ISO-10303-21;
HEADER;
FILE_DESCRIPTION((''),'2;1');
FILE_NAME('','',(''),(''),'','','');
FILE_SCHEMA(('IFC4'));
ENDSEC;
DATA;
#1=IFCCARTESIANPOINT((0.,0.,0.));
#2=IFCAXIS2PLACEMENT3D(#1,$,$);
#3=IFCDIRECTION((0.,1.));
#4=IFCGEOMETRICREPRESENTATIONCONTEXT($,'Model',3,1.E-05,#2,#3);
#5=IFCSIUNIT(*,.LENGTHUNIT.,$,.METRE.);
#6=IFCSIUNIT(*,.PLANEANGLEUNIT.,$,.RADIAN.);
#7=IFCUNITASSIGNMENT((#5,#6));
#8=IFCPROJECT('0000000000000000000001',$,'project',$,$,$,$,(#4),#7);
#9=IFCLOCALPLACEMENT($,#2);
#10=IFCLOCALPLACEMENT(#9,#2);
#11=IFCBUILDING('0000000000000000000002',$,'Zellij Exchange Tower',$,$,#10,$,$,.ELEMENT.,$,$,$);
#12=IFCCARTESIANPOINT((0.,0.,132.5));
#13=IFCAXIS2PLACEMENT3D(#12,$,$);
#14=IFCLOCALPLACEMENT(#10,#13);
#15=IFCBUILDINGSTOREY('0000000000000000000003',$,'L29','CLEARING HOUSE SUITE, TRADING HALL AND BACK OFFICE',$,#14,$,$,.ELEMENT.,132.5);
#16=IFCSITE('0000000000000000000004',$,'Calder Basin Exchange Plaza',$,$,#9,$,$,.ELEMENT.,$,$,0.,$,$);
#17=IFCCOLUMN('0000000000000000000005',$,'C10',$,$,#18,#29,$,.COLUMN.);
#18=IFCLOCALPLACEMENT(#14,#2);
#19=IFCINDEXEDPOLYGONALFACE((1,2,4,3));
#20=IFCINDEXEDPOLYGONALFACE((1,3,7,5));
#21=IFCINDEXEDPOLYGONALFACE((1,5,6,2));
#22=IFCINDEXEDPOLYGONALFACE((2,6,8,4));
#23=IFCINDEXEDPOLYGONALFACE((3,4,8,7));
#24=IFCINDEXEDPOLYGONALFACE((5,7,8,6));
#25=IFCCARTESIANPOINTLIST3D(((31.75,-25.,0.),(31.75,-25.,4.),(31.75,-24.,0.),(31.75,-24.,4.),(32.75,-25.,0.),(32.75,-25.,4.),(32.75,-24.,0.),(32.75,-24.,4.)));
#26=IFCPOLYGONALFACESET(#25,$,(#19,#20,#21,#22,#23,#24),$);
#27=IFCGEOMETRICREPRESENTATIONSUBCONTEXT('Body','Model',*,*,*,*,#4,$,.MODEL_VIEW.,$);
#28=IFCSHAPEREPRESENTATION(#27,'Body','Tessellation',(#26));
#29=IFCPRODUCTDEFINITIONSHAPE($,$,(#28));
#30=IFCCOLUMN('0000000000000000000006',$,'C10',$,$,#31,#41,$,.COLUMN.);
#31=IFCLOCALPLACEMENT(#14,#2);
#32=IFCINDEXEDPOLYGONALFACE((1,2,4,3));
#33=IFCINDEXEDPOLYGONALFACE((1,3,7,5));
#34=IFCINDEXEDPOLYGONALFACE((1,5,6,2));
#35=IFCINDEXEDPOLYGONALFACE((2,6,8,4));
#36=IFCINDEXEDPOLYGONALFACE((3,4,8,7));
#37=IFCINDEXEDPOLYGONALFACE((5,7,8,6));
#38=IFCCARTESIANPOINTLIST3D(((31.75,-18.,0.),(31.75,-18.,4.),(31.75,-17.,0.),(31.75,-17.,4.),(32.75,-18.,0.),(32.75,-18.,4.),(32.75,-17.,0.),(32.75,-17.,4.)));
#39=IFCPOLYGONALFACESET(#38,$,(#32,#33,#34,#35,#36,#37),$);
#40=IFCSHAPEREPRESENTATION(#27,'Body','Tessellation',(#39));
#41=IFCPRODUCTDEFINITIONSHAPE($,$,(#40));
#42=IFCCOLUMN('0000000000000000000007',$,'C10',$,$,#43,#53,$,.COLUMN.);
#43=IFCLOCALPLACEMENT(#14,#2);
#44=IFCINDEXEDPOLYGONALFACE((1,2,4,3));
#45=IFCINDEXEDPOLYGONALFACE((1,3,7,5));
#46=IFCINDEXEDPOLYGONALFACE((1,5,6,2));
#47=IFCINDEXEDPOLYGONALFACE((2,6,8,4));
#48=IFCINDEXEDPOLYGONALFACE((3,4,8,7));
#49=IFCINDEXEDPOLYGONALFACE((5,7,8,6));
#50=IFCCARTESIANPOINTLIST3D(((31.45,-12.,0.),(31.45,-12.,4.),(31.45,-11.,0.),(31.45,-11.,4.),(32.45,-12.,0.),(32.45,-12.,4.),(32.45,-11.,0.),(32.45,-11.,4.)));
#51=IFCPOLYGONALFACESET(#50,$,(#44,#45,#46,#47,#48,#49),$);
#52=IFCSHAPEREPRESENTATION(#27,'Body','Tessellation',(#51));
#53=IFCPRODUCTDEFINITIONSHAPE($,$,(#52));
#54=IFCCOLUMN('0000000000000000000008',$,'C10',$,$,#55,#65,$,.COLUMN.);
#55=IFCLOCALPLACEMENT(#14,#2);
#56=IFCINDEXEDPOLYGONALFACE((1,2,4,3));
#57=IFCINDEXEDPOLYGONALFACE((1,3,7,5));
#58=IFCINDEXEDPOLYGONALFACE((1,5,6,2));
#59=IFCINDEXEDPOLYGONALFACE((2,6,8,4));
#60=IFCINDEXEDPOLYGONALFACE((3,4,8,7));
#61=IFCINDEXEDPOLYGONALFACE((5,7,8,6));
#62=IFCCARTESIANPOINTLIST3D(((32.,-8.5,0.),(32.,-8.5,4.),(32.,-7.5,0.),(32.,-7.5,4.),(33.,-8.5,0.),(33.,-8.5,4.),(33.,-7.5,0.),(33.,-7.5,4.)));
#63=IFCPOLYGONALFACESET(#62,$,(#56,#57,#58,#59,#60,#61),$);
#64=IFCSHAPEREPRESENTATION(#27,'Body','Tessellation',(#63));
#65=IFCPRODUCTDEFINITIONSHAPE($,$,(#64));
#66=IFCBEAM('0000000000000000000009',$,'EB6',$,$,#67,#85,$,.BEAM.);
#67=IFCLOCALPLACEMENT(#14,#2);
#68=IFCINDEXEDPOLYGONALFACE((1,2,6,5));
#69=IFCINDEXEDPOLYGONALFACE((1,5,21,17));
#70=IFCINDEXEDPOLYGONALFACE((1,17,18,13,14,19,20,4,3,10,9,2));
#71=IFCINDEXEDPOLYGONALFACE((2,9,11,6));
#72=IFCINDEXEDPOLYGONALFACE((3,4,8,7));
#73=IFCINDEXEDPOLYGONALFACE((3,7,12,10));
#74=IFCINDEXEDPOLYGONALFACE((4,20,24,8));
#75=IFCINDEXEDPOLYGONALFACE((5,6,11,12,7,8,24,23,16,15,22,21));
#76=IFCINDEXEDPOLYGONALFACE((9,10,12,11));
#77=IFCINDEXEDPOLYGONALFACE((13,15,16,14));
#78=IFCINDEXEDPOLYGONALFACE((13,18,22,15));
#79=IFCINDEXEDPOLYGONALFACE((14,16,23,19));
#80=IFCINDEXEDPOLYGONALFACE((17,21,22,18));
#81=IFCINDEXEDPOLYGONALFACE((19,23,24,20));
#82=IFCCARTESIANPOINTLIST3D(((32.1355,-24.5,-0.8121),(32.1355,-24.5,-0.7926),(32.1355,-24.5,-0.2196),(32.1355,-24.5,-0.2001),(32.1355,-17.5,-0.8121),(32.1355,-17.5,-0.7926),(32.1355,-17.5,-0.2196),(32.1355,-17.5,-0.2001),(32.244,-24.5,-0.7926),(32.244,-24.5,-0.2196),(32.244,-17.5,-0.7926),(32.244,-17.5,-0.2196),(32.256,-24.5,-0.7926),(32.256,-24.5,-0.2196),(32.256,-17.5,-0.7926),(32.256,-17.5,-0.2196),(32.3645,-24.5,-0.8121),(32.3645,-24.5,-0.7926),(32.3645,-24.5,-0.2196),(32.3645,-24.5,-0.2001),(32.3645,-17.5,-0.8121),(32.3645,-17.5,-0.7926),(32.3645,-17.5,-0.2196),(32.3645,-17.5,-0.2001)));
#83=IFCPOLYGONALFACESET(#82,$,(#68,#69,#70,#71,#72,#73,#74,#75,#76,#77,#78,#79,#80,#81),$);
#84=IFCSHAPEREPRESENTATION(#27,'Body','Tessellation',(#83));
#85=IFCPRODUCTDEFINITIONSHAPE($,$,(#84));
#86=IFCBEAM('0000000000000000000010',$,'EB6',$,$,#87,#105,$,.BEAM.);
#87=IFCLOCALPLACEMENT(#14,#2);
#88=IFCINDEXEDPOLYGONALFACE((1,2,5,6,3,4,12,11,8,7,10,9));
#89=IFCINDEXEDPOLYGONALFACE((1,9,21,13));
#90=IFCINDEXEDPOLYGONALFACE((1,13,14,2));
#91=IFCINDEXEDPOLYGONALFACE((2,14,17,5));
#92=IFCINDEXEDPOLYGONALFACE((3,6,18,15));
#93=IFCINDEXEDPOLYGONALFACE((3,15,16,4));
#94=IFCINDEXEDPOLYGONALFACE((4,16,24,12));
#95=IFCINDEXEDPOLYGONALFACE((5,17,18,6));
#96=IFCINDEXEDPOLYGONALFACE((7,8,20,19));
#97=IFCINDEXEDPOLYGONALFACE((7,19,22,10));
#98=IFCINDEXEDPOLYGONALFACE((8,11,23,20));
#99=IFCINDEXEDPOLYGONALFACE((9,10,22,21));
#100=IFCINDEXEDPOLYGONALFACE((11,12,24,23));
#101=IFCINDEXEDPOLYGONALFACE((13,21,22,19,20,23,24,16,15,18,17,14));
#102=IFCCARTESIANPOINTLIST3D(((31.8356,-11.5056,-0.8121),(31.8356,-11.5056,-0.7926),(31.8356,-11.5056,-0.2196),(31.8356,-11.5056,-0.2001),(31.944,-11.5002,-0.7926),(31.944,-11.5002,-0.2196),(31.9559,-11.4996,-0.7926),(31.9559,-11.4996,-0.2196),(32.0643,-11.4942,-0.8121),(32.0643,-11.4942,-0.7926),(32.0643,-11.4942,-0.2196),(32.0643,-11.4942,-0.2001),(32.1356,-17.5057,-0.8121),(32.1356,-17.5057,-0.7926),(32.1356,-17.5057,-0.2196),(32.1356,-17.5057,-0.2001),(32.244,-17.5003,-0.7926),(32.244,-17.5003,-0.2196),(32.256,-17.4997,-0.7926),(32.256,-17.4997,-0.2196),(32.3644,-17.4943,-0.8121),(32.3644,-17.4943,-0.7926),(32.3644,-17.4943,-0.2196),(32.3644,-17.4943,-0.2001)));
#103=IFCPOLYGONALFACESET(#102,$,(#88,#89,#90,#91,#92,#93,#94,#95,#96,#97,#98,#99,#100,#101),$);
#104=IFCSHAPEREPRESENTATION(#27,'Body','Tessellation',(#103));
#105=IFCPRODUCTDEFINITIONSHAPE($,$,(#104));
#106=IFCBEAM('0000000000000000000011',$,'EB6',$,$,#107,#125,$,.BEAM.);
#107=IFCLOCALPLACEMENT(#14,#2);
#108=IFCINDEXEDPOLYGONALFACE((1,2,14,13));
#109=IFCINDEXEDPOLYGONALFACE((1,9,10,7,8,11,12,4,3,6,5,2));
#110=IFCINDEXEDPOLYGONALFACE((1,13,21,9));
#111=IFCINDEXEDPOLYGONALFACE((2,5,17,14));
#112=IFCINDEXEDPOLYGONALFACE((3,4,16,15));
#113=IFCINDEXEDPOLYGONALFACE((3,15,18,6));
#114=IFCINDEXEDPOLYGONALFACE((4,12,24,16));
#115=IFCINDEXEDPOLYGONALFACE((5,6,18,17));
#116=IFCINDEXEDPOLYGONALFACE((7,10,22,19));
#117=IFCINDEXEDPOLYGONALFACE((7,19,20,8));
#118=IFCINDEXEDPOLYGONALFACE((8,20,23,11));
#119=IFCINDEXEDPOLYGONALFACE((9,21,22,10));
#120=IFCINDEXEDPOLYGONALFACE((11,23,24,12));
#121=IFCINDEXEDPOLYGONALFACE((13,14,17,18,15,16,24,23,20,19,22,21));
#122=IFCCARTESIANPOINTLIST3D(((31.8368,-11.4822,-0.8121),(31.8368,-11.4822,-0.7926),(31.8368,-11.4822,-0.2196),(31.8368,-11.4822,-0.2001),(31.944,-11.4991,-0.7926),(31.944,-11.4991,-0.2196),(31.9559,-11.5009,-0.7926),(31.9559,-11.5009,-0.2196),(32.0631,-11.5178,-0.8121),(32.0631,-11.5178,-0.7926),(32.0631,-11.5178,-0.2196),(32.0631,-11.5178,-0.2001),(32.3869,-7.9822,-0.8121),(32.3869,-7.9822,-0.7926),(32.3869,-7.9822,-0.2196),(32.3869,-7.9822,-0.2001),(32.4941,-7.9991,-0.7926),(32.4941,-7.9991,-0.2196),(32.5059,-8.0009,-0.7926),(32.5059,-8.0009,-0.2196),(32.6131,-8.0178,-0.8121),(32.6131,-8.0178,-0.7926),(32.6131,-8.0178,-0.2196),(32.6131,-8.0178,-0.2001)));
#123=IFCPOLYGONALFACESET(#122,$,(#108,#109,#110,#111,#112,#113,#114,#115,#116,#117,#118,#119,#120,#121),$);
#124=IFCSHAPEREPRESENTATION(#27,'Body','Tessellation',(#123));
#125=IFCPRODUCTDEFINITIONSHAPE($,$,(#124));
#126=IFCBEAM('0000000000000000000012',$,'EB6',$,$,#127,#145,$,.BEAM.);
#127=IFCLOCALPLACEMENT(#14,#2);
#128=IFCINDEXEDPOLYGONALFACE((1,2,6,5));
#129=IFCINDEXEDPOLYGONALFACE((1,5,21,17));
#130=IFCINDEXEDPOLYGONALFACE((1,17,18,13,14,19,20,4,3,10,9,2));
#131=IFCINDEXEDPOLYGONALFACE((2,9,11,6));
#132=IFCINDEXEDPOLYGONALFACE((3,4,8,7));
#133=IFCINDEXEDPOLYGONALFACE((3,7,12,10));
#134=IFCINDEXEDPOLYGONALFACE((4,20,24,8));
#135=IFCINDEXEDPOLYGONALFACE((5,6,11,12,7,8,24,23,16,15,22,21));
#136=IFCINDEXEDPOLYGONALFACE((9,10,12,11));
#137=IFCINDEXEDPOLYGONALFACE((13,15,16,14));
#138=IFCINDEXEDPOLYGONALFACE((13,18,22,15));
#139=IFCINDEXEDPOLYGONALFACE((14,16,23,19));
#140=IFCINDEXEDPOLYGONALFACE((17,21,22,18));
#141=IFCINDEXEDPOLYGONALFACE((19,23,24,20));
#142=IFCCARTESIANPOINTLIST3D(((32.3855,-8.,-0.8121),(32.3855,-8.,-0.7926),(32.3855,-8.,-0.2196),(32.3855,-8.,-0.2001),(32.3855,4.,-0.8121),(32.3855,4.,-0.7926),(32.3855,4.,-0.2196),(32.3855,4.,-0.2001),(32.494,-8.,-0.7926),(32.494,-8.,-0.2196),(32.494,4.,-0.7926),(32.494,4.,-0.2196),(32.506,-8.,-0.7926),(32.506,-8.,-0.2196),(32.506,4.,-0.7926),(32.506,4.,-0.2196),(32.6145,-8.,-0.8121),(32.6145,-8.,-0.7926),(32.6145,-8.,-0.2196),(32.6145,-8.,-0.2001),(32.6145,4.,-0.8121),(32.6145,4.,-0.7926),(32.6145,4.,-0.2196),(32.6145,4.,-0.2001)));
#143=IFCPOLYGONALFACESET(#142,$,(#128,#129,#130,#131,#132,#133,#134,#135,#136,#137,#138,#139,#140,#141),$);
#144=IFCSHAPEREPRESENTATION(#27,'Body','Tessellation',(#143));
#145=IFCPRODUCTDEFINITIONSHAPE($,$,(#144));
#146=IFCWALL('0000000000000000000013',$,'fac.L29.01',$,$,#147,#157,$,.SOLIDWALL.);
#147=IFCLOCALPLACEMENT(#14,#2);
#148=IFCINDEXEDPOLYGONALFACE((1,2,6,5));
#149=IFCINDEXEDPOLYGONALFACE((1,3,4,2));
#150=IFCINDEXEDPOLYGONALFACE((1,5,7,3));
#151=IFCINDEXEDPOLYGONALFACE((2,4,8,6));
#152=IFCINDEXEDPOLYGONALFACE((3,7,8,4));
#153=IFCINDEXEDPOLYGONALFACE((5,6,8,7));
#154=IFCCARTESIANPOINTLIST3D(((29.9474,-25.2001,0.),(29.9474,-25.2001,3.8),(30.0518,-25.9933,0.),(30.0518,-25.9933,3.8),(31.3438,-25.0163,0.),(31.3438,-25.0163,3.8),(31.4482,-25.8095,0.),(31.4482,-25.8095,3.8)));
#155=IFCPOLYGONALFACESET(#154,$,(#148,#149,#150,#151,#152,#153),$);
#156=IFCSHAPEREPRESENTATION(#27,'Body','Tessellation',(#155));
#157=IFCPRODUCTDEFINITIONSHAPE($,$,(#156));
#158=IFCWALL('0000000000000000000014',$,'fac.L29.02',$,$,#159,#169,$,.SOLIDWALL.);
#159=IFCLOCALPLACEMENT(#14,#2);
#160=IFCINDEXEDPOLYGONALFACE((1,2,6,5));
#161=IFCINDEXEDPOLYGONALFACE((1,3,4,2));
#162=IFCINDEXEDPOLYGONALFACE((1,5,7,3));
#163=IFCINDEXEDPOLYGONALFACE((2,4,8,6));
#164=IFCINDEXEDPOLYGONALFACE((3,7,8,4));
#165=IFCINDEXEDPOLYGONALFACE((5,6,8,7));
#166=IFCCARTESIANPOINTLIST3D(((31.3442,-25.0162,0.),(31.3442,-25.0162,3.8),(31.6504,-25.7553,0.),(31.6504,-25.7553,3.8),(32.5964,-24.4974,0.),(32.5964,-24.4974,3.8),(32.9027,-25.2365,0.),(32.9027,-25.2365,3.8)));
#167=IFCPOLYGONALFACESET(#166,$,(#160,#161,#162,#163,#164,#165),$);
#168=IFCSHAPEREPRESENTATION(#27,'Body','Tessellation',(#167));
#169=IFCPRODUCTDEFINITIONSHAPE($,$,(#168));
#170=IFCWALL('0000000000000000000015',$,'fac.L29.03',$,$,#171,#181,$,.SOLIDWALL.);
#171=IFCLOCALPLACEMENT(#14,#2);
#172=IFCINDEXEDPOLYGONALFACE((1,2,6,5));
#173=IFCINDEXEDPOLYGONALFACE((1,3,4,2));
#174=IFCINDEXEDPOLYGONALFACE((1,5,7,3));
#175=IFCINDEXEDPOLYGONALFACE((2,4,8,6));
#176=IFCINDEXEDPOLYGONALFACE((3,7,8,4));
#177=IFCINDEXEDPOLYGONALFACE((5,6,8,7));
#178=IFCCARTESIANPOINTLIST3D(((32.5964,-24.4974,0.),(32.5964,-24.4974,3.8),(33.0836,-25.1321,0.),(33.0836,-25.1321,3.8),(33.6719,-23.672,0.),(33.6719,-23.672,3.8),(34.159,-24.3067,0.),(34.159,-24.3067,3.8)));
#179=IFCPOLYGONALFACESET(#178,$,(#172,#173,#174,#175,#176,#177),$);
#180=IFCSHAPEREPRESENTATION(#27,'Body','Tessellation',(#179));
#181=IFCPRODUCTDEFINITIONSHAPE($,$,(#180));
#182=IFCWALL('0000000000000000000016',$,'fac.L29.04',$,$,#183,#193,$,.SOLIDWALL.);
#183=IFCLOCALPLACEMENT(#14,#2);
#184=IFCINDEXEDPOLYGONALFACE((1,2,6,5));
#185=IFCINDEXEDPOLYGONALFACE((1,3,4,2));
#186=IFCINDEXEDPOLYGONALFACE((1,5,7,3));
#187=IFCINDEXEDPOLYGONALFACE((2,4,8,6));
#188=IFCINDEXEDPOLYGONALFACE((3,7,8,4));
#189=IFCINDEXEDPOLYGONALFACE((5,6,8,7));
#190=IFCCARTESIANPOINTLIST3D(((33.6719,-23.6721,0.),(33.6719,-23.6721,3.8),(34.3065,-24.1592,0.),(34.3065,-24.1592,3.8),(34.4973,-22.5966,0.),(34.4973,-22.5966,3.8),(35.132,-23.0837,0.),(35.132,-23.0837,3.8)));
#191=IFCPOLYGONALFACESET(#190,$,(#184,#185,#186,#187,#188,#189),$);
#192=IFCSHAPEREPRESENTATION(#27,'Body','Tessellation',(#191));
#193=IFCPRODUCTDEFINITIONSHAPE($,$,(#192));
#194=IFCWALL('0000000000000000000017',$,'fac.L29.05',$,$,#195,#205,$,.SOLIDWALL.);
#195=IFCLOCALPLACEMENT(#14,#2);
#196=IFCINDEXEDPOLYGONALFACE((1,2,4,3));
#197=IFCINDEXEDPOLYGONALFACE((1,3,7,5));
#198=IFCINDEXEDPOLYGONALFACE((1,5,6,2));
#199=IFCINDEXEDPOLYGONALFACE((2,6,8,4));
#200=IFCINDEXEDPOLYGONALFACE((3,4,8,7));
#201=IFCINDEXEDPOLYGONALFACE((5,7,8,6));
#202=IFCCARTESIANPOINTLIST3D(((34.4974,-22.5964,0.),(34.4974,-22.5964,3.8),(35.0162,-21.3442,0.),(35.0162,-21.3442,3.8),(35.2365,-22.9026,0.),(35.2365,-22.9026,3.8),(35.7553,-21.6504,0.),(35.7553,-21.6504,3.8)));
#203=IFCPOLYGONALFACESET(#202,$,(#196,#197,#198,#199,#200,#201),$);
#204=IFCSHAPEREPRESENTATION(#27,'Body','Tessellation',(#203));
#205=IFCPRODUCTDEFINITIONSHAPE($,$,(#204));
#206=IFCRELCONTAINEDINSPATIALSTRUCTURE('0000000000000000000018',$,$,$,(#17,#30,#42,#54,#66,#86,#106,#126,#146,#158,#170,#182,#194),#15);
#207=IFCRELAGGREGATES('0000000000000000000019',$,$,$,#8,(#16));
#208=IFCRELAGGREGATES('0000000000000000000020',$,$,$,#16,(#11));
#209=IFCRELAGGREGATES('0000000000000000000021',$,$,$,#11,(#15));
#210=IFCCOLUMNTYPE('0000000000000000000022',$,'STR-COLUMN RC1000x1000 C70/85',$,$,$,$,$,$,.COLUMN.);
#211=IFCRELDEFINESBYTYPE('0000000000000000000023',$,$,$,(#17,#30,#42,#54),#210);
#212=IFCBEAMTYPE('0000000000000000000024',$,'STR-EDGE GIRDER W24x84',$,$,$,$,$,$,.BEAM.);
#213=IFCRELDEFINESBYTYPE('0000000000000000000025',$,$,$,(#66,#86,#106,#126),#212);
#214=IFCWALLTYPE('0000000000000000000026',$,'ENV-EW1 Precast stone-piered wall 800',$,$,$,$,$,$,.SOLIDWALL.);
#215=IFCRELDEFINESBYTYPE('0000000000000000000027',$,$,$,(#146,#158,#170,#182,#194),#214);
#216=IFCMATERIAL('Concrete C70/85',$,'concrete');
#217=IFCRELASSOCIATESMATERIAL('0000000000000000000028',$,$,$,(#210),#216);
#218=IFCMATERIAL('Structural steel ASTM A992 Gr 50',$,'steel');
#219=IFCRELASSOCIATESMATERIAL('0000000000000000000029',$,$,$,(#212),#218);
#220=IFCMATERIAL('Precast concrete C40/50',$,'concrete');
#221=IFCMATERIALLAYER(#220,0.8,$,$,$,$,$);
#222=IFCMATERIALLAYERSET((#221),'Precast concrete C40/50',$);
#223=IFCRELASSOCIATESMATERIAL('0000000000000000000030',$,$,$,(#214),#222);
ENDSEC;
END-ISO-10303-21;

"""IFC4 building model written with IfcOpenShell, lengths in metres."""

from ifc_helpers import new_model, si_unit, direction, frame, frame_2d, origin, origin_2d, place, context, subcontext, project, spatial, rectangle, i_section, extrude, material, layer, layer_set, material_profile, profile_set, type_object, element, save


model = new_model("IFC4")

# Units and contexts
model_context = context("Model", 3, precision=1e-05, world=origin(), true_north=direction((0.0, 1.0)))
body_context = subcontext(model_context, "Body", "Model", "MODEL_VIEW")
ifc_project = project(units=[si_unit("LENGTHUNIT", "METRE"), si_unit("PLANEANGLEUNIT", "RADIAN")], contexts=[model_context])

# Site, building, storey
site_placement = place(None, origin())
site = spatial("IfcSite", under=ifc_project, at=site_placement, Name="Calder Basin Exchange Plaza", CompositionType="ELEMENT", RefElevation=0.0)
building_placement = place(site_placement, origin())
building = spatial("IfcBuilding", under=site, at=building_placement, Name="Zellij Exchange Tower", CompositionType="ELEMENT")
storey_placement = place(building_placement, frame((0.0, 0.0, 132.5)))
storey = spatial("IfcBuildingStorey", under=building, at=storey_placement, Name="L29", Description="CLEARING HOUSE SUITE, TRADING HALL AND BACK OFFICE", CompositionType="ELEMENT", Elevation=132.5)

# Columns
ifc_material_1 = material(Name="Concrete C70/85", Category="concrete")
ifc_material_profile_1 = material_profile(ifc_material_1, rectangle(XDim=1.0, YDim=1.0, at=origin_2d()), Name="STR-COLUMN RC1000x1000 C70/85")
ifc_profile_set_1 = profile_set([ifc_material_profile_1], Name="Concrete C70/85")
column_type = type_object("IfcColumnType", Name="STR-COLUMN RC1000x1000 C70/85", PredefinedType="COLUMN", material=ifc_profile_set_1)
for number, where, z_axis, x_axis, name in (
    (1, (32.25, -24.5, 0.0), (0.0, 0.0, 1.0), (1.0, 0.0, 0.0), "C10"),
    (2, (32.25, -17.5, 0.0), (0.0, 0.0, 1.0), (1.0, 0.0, 0.0), "C10"),
    (3, (31.95, -11.5, 0.0), (0.0, 0.0, 1.0), (1.0, 0.0, 0.0), "C10"),
    (4, (32.5, -8.0, 0.0), (0.0, 0.0, 1.0), (1.0, 0.0, 0.0), "C10"),
):
    element("IfcColumn", number, at=place(storey_placement, frame(where, z_axis=z_axis, x_axis=x_axis)), inside=storey, type_object=column_type, Name=name, PredefinedType="COLUMN", context=body_context, shape_type="SweptSolid", body=[
        extrude(rectangle(XDim=1.0, YDim=1.0, at=origin_2d()), origin(), (0.0, 0.0, 1.0), 4.0),
    ])

# Beams
ifc_material_2 = material(Name="Structural steel ASTM A992 Gr 50", Category="steel")
ifc_material_profile_2 = material_profile(ifc_material_2, i_section(OverallWidth=0.229, OverallDepth=0.6121, WebThickness=0.012, FlangeThickness=0.0195, at=origin_2d()), Name="W24x84")
ifc_profile_set_2 = profile_set([ifc_material_profile_2], Name="Structural steel ASTM A992 Gr 50")
beam_type = type_object("IfcBeamType", Name="STR-EDGE GIRDER W24x84", PredefinedType="BEAM", material=ifc_profile_set_2)
beam_1_placement = place(storey_placement, frame((32.25, -24.5, -0.5061), z_axis=(0.0, 1.0, 0.0), x_axis=(-1.0, 0.0, 0.0)))
element("IfcBeam", 5, at=beam_1_placement, inside=storey, type_object=beam_type, Name="EB6", PredefinedType="BEAM", context=body_context, shape_type="SweptSolid", body=[
    extrude(i_section(OverallWidth=0.229, OverallDepth=0.6121, WebThickness=0.012, FlangeThickness=0.0195, at=origin_2d()), origin(), (0.0, 0.0, 1.0), 7.0),
])
beam_2_placement = place(storey_placement, frame((32.25, -17.5, -0.5061), z_axis=(-0.049946, 0.998752, 0.0), x_axis=(-0.998752, -0.049946, 0.0)))
element("IfcBeam", 6, at=beam_2_placement, inside=storey, type_object=beam_type, Name="EB6", PredefinedType="BEAM", context=body_context, shape_type="SweptSolid", body=[
    extrude(i_section(OverallWidth=0.229, OverallDepth=0.6121, WebThickness=0.012, FlangeThickness=0.0195, at=origin_2d()), origin(), (0.0, 0.0, 1.0), 6.0076),
])
beam_3_placement = place(storey_placement, frame((31.95, -11.5, -0.5061), z_axis=(0.155251, 0.987875, 0.0), x_axis=(-0.987875, 0.155251, 0.0)))
element("IfcBeam", 7, at=beam_3_placement, inside=storey, type_object=beam_type, Name="EB6", PredefinedType="BEAM", context=body_context, shape_type="SweptSolid", body=[
    extrude(i_section(OverallWidth=0.229, OverallDepth=0.6121, WebThickness=0.012, FlangeThickness=0.0195, at=origin_2d()), origin(), (0.0, 0.0, 1.0), 3.543),
])
beam_4_placement = place(storey_placement, frame((32.5, -8.0, -0.5061), z_axis=(0.0, 1.0, 0.0), x_axis=(-1.0, 0.0, 0.0)))
element("IfcBeam", 8, at=beam_4_placement, inside=storey, type_object=beam_type, Name="EB6", PredefinedType="BEAM", context=body_context, shape_type="SweptSolid", body=[
    extrude(i_section(OverallWidth=0.229, OverallDepth=0.6121, WebThickness=0.012, FlangeThickness=0.0195, at=origin_2d()), origin(), (0.0, 0.0, 1.0), 12.0),
])

# Walls
ifc_material_3 = material(Name="Precast concrete C40/50", Category="concrete")
ifc_layer_1 = layer(ifc_material_3, 0.8)
ifc_layer_set_1 = layer_set([ifc_layer_1], Name="Precast concrete C40/50")
wall_type_1 = type_object("IfcWallType", Name="ENV-EW1 Precast stone-piered wall 800", PredefinedType="SOLIDWALL", material=ifc_layer_set_1)
wall_1_placement = place(storey_placement, frame((29.9998, -25.5967, 0.0), z_axis=(0.0, 0.0, 1.0), x_axis=(0.991446, 0.130517, 0.0)))
element("IfcWall", 9, at=wall_1_placement, inside=storey, type_object=wall_type_1, Name="fac.L29.01", PredefinedType="SOLIDWALL", context=body_context, shape_type="SweptSolid", body=[
    extrude(rectangle(XDim=1.4084, YDim=0.8, at=frame_2d((0.7041, 0.0))), origin(), (0.0, 0.0, 1.0), 3.8),
])
wall_2_placement = place(storey_placement, frame((31.4973, -25.3857, 0.0), z_axis=(0.0, 0.0, 1.0), x_axis=(0.923848, 0.38276, 0.0)))
element("IfcWall", 10, at=wall_2_placement, inside=storey, type_object=wall_type_1, Name="fac.L29.02", PredefinedType="SOLIDWALL", context=body_context, shape_type="SweptSolid", body=[
    extrude(rectangle(XDim=1.3555, YDim=0.8, at=frame_2d((0.6777, 0.0))), origin(), (0.0, 0.0, 1.0), 3.8),
])
for number, where, z_axis, x_axis, name in (
    (11, (32.8401, -24.8147, 0.0), (0.0, 0.0, 1.0), (0.793273, 0.608866, 0.0), "fac.L29.03"),
    (12, (33.9893, -23.9155, 0.0), (0.0, 0.0, 1.0), (0.608866, 0.793273, 0.0), "fac.L29.04"),
):
    element("IfcWall", number, at=place(storey_placement, frame(where, z_axis=z_axis, x_axis=x_axis)), inside=storey, type_object=wall_type_1, Name=name, PredefinedType="SOLIDWALL", context=body_context, shape_type="SweptSolid", body=[
        extrude(rectangle(XDim=1.3557, YDim=0.8, at=frame_2d((0.6777, 0.0))), origin(), (0.0, 0.0, 1.0), 3.8),
    ])
wall_3_placement = place(storey_placement, frame((34.8669, -22.7495, 0.0), z_axis=(0.0, 0.0, 1.0), x_axis=(0.38276, 0.923848, 0.0)))
element("IfcWall", 13, at=wall_3_placement, inside=storey, type_object=wall_type_1, Name="fac.L29.05", PredefinedType="SOLIDWALL", context=body_context, shape_type="SweptSolid", body=[
    extrude(rectangle(XDim=1.3555, YDim=0.8, at=frame_2d((0.6777, 0.0))), origin(), (0.0, 0.0, 1.0), 3.8),
])

save(model, "model.ifc")
